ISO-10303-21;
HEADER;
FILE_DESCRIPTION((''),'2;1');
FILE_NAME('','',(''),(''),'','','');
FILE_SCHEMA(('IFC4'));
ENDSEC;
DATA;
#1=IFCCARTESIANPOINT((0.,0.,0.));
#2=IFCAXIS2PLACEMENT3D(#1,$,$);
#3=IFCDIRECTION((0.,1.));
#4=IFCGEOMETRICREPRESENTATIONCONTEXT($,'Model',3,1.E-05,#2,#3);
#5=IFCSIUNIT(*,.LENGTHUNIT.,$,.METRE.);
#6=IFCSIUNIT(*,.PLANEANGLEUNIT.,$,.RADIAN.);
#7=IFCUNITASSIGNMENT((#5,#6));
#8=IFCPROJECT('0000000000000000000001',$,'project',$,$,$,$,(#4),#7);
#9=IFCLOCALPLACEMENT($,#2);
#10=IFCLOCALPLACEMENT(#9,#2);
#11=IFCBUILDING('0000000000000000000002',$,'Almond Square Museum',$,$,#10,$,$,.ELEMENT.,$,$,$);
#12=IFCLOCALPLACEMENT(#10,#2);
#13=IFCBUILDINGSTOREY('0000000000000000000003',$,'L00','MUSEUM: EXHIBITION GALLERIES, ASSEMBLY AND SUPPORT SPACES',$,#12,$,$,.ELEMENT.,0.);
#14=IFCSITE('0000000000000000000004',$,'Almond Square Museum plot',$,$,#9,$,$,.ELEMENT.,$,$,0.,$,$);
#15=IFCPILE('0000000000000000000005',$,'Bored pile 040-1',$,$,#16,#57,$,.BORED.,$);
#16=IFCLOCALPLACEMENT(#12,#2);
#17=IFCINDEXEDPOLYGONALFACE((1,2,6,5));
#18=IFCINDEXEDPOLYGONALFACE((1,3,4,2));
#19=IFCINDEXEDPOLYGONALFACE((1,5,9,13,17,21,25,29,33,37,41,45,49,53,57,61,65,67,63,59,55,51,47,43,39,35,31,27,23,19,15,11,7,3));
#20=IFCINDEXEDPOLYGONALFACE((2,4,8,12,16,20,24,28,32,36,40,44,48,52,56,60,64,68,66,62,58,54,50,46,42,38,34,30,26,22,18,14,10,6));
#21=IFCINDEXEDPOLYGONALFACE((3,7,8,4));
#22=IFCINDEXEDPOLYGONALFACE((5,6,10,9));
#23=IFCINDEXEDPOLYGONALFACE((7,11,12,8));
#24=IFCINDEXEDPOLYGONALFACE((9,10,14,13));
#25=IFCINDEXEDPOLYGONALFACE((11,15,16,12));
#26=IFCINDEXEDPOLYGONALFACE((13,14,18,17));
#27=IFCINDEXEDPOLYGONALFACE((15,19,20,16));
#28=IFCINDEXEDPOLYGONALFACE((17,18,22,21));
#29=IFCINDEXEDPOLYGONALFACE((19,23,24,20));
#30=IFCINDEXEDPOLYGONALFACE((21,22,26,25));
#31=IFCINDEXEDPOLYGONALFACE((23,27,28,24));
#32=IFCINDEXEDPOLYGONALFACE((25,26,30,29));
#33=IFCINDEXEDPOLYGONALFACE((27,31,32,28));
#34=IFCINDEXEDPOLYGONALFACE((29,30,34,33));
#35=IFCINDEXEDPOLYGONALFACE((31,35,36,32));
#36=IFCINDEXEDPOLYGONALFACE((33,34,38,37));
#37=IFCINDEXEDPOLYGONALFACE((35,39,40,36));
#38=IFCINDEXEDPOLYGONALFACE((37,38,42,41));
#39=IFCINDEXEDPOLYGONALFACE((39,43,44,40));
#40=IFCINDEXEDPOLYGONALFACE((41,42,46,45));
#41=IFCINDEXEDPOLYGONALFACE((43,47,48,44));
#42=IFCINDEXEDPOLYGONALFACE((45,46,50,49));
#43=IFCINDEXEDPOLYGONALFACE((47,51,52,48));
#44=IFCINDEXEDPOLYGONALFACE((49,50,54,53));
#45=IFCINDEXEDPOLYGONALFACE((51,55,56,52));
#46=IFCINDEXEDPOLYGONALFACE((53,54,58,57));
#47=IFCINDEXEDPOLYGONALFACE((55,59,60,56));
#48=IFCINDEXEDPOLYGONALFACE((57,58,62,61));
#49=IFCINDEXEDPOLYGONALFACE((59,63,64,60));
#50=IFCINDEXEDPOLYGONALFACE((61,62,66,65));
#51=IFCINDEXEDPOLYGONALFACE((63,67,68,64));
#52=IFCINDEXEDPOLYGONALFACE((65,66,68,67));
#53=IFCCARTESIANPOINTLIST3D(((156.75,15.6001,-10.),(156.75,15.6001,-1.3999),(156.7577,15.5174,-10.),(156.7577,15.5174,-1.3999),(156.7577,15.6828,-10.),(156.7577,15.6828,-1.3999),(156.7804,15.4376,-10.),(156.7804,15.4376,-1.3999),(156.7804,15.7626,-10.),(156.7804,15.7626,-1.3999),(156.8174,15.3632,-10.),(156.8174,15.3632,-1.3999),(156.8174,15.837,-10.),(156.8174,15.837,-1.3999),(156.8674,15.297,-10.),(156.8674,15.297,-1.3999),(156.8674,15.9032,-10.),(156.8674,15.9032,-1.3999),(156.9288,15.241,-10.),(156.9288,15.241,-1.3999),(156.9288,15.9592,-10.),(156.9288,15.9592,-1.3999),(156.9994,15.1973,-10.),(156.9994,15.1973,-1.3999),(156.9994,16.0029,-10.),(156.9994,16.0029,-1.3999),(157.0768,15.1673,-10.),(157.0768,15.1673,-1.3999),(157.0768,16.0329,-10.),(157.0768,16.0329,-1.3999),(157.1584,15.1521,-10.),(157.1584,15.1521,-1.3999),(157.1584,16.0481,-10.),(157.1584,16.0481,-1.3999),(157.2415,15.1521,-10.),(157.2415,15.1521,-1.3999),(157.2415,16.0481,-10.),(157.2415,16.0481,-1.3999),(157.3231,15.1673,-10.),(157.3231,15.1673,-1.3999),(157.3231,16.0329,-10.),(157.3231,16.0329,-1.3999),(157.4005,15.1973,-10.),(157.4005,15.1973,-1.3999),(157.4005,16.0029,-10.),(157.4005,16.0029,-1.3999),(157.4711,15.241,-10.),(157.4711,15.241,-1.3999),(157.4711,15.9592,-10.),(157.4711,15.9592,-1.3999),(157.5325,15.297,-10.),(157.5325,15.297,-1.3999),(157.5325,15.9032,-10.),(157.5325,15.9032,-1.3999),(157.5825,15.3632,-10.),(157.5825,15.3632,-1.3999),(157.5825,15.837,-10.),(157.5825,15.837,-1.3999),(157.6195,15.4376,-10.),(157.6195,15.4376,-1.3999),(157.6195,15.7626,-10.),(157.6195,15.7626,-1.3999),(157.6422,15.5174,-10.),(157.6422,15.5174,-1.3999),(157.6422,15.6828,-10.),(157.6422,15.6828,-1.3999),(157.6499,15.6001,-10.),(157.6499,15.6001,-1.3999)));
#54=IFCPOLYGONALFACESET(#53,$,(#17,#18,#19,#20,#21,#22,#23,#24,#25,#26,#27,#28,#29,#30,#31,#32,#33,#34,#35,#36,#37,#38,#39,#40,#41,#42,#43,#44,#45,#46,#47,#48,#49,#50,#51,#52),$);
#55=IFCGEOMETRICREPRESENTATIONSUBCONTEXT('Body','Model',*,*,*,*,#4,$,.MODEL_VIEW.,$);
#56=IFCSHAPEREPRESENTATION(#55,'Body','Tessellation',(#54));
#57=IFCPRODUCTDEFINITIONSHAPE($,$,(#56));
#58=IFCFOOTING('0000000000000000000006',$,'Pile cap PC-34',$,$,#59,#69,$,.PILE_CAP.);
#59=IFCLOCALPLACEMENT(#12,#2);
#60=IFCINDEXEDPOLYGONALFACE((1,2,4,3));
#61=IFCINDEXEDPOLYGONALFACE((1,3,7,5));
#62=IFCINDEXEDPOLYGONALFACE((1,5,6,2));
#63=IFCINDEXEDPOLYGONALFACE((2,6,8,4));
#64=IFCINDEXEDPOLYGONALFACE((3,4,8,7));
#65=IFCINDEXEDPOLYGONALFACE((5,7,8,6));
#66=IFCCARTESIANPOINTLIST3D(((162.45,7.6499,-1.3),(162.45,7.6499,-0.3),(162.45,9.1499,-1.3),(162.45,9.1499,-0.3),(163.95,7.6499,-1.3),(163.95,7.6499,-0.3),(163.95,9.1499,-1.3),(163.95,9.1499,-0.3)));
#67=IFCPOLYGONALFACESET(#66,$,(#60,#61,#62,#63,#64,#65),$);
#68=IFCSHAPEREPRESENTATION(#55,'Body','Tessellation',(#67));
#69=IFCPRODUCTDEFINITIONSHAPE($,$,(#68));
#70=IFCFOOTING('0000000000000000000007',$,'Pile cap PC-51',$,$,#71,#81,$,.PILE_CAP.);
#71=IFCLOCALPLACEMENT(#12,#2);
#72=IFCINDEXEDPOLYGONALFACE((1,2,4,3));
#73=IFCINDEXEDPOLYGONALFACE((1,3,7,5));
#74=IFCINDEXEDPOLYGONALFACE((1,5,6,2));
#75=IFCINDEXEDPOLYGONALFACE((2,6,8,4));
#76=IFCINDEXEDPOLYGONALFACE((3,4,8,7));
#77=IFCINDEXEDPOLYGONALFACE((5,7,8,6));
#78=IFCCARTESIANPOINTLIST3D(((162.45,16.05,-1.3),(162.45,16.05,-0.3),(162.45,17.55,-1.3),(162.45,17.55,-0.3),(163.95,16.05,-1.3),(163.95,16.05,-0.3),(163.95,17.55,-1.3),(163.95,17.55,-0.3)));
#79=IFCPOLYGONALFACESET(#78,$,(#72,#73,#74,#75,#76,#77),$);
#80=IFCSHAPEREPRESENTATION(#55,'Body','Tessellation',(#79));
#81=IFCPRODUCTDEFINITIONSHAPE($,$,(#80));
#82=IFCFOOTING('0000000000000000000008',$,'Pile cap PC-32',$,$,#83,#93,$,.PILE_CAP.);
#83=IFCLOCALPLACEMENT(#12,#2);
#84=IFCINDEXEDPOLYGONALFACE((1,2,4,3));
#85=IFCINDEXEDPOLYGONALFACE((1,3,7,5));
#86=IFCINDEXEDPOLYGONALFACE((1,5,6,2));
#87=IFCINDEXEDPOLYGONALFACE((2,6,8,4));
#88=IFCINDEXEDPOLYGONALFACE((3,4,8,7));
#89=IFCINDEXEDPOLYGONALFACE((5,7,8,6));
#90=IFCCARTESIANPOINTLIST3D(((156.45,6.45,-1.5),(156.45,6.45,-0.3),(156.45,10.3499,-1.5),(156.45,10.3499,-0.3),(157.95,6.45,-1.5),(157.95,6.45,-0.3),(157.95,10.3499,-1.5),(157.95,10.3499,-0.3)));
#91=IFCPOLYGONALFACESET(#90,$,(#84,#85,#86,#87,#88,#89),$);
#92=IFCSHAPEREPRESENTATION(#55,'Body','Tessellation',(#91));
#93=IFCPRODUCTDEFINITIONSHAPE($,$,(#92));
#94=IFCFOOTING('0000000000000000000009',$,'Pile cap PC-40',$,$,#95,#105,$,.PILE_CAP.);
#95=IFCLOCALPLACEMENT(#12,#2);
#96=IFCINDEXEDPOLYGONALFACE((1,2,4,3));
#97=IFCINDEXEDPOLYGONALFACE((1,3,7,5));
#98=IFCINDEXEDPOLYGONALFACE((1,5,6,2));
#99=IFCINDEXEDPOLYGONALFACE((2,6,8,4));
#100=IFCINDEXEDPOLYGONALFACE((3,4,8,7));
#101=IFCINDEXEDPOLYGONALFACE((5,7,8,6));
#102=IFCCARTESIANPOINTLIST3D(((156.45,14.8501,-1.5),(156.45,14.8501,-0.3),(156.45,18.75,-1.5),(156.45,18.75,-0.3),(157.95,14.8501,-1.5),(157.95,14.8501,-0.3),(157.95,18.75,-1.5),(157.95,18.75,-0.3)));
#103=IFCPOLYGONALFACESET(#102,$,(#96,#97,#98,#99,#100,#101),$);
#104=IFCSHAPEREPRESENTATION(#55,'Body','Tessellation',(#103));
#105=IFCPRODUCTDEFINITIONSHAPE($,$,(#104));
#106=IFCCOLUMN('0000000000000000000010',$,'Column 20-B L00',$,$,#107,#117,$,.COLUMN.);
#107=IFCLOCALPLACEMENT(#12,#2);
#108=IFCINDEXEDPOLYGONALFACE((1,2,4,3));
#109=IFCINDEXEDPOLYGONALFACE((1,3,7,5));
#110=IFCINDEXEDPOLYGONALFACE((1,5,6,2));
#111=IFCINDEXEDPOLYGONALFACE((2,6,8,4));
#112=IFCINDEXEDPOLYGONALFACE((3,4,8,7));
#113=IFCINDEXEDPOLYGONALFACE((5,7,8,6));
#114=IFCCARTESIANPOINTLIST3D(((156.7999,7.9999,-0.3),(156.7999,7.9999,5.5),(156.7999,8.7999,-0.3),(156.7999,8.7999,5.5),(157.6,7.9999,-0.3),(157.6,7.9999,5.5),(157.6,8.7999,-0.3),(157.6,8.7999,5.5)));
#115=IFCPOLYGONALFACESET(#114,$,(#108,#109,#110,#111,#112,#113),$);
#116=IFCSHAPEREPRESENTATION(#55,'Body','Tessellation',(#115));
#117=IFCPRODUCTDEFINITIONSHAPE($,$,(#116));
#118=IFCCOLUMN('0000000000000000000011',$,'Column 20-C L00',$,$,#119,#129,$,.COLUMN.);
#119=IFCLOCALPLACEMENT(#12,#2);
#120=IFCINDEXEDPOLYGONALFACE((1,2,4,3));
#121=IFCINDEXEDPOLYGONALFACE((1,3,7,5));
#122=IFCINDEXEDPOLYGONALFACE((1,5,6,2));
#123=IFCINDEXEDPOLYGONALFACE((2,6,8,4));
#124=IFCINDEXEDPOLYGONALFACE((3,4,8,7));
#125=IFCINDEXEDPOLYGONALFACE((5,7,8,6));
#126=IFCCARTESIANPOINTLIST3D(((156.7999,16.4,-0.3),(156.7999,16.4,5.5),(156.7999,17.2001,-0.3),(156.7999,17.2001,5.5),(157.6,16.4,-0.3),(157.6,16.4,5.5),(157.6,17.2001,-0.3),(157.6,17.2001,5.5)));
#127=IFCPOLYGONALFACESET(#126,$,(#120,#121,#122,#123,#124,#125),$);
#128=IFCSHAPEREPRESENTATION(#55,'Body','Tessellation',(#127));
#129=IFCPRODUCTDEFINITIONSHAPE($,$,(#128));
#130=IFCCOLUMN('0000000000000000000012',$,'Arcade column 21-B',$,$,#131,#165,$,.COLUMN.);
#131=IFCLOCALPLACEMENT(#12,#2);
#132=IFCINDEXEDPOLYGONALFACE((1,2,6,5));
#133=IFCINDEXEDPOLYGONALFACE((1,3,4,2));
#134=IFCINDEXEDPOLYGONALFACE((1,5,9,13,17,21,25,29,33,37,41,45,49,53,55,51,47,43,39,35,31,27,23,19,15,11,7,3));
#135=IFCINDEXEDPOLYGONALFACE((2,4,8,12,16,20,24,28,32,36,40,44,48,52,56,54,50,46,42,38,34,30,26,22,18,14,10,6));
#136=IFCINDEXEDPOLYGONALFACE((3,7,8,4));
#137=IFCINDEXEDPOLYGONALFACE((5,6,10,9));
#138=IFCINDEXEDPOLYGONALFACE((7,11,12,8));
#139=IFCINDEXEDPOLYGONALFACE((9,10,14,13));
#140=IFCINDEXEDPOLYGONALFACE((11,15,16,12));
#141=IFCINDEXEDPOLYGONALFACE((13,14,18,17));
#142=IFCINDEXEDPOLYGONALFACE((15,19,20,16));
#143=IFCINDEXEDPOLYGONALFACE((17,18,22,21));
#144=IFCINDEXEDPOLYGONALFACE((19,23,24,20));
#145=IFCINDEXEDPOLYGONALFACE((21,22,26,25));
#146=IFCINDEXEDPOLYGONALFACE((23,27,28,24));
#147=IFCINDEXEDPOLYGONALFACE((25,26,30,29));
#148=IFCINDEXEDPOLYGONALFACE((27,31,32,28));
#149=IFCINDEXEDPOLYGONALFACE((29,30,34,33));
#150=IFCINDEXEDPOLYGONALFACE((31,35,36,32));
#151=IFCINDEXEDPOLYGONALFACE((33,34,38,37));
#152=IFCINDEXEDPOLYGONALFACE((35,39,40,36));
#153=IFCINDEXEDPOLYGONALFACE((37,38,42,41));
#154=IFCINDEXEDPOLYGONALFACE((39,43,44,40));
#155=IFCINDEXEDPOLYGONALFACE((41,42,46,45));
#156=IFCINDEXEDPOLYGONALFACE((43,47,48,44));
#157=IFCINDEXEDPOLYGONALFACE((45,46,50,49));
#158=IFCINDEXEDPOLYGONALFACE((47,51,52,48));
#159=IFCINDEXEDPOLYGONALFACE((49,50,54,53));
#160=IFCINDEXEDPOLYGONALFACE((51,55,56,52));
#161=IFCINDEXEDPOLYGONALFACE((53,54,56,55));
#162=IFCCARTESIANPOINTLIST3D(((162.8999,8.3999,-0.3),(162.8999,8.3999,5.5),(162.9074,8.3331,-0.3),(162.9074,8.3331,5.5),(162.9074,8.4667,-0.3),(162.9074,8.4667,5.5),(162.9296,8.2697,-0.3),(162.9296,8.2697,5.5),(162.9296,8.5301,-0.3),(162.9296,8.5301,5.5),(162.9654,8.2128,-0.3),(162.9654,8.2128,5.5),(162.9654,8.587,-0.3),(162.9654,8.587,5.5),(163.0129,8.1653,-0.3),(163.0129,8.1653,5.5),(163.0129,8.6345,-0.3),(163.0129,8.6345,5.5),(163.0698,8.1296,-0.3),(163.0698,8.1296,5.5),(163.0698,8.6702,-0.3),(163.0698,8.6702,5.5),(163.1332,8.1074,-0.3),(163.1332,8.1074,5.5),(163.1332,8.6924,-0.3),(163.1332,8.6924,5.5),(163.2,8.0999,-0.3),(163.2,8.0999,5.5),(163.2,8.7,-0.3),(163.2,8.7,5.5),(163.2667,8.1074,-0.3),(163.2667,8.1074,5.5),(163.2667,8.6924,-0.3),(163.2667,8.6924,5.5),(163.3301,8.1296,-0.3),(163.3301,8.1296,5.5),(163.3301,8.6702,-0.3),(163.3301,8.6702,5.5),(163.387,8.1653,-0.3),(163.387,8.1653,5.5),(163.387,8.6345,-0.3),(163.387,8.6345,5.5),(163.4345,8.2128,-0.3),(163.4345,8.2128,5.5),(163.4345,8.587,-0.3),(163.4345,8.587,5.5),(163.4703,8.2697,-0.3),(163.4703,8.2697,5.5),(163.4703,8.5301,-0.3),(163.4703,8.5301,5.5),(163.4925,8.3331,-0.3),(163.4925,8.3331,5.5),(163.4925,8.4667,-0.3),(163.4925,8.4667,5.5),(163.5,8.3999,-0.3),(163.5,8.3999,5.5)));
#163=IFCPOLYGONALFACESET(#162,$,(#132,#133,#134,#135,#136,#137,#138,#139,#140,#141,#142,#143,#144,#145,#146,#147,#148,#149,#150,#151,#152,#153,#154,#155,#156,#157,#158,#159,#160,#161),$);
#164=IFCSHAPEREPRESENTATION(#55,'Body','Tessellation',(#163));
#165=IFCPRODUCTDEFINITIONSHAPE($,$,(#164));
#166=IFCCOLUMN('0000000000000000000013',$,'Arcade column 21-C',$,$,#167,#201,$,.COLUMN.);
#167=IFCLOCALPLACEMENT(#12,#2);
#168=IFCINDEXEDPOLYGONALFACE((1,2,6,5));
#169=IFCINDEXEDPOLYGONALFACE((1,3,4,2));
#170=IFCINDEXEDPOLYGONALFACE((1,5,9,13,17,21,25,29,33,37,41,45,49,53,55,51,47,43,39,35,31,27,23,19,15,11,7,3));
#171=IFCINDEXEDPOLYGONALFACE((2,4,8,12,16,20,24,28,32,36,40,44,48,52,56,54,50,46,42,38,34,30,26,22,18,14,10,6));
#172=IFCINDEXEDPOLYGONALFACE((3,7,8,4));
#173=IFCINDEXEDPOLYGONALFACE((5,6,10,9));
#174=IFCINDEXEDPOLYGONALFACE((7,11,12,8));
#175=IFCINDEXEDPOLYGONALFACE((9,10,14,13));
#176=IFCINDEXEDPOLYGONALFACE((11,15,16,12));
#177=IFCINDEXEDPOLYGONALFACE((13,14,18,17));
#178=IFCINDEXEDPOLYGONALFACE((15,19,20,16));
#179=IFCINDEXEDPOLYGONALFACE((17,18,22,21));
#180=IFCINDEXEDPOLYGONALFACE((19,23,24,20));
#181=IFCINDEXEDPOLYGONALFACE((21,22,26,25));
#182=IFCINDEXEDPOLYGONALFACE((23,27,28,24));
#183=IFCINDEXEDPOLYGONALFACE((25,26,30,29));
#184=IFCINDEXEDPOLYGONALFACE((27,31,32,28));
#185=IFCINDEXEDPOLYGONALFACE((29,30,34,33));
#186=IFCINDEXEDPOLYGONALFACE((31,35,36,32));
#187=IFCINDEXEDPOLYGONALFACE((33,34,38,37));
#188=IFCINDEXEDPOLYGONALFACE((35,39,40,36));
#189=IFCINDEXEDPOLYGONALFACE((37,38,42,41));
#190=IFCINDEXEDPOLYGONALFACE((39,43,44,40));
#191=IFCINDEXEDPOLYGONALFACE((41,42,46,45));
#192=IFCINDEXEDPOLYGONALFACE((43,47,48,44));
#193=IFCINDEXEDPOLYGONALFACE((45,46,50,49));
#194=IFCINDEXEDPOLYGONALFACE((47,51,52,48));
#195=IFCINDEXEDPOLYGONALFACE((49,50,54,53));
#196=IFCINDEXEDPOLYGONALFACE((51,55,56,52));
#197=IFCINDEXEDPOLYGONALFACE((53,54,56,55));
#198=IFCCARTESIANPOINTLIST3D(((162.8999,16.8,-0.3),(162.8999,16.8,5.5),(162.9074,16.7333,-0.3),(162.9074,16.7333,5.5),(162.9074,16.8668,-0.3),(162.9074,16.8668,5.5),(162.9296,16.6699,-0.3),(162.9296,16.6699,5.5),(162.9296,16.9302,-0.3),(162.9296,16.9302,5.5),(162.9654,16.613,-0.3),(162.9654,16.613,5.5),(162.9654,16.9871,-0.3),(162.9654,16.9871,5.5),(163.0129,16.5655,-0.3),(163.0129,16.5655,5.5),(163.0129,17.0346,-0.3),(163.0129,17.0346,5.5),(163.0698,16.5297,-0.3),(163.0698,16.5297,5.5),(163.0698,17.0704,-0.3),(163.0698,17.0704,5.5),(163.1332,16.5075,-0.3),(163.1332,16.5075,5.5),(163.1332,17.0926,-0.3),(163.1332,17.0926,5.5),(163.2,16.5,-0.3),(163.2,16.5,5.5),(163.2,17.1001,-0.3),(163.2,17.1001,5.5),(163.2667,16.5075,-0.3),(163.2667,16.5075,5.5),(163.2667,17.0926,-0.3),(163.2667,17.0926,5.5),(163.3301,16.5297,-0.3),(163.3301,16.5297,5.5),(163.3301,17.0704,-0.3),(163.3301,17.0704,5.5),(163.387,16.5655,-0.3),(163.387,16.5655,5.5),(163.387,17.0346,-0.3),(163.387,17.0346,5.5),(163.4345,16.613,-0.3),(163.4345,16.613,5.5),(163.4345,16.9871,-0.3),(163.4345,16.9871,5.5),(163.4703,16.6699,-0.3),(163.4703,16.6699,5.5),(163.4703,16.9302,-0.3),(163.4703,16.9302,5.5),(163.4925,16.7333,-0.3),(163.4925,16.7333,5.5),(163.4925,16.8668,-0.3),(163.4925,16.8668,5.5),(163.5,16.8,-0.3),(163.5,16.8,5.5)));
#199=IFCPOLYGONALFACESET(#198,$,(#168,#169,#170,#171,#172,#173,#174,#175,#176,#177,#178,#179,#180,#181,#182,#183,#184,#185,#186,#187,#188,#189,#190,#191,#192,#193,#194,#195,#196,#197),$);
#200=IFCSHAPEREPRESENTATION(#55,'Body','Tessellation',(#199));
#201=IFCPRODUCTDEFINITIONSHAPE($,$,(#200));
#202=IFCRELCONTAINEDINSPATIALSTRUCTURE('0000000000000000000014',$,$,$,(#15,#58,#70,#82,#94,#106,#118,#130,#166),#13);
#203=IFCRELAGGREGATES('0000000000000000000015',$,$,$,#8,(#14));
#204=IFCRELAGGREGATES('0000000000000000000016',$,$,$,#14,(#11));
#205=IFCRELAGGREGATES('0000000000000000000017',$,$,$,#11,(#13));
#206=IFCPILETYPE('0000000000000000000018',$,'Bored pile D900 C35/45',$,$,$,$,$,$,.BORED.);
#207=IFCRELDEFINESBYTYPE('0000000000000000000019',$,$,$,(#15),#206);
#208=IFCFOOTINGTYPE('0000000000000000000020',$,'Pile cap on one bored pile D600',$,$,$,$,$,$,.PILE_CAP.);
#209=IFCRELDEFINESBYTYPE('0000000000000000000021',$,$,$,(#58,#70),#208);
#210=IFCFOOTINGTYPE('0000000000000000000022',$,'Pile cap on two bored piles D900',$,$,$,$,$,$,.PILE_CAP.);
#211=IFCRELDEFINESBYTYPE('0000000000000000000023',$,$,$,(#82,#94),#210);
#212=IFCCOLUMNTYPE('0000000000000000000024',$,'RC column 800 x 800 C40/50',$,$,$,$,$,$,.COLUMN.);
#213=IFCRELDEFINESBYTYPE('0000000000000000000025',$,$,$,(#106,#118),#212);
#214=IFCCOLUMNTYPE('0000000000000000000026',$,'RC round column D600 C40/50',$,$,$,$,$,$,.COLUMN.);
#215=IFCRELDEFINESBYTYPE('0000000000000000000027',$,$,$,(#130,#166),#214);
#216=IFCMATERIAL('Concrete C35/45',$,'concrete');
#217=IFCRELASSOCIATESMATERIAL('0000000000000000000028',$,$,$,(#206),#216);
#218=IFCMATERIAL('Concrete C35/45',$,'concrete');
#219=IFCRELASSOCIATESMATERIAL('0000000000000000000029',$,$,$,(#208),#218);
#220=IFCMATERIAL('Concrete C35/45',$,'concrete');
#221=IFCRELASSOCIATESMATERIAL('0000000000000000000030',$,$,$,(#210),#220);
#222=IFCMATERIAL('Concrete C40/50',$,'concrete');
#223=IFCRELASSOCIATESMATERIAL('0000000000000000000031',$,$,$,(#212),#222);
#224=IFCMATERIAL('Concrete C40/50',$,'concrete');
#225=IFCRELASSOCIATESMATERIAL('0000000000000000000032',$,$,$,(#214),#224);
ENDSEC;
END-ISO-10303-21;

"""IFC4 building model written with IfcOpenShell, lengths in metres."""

from ifc_helpers import new_model, si_unit, direction, frame, origin, origin_2d, place, context, subcontext, project, spatial, rectangle, circle, extrude, material, material_profile, profile_set, type_object, element, save


model = new_model("IFC4")

# Units and contexts
model_context = context("Model", 3, precision=1e-05, world=origin(), true_north=direction((0.0, 1.0)))
body_context = subcontext(model_context, "Body", "Model", "MODEL_VIEW")
ifc_project = project(units=[si_unit("LENGTHUNIT", "METRE"), si_unit("PLANEANGLEUNIT", "RADIAN")], contexts=[model_context])

# Site, building, storey
site_placement = place(None, origin())
site = spatial("IfcSite", under=ifc_project, at=site_placement, Name="Almond Square Museum plot", CompositionType="ELEMENT", RefElevation=0.0)
building_placement = place(site_placement, origin())
building = spatial("IfcBuilding", under=site, at=building_placement, Name="Almond Square Museum", CompositionType="ELEMENT")
storey_placement = place(building_placement, origin())
storey = spatial("IfcBuildingStorey", under=building, at=storey_placement, Name="L00", Description="MUSEUM: EXHIBITION GALLERIES, ASSEMBLY AND SUPPORT SPACES", CompositionType="ELEMENT", Elevation=0.0)

# Pile
ifc_material_1 = material(Name="Concrete C35/45", Category="concrete")
ifc_material_profile_1 = material_profile(ifc_material_1, circle(Radius=0.45, at=origin_2d()))
ifc_profile_set_1 = profile_set([ifc_material_profile_1], Name="Concrete C35/45")
pile_type_1 = type_object("IfcPileType", Name="Bored pile D900 C35/45", PredefinedType="BORED", material=ifc_profile_set_1)
for number, where, z_axis, x_axis, name in (
    (1, (157.2, 15.6001, -1.3999), (0.0, 0.0, -1.0), (1.0, 0.0, 0.0), "Bored pile 040-1"),
):
    element("IfcPile", number, at=place(storey_placement, frame(where, z_axis=z_axis, x_axis=x_axis)), inside=storey, type_object=pile_type_1, Name=name, PredefinedType="BORED", context=body_context, shape_type="SweptSolid", body=[
        extrude(circle(Radius=0.45, at=origin_2d()), origin(), (0.0, 0.0, 1.0), 8.6001),
    ])

# Footings
ifc_material_2 = material(Name="Concrete C35/45", Category="concrete")
footing_type_1 = type_object("IfcFootingType", Name="Pile cap on one bored pile D600", PredefinedType="PILE_CAP", material=ifc_material_2)
for number, where, z_axis, x_axis, name in (
    (2, (163.2, 8.3999, -1.3), (0.0, 0.0, 1.0), (1.0, 0.0, 0.0), "Pile cap PC-34"),
    (3, (163.2, 16.8, -1.3), (0.0, 0.0, 1.0), (1.0, 0.0, 0.0), "Pile cap PC-51"),
):
    element("IfcFooting", number, at=place(storey_placement, frame(where, z_axis=z_axis, x_axis=x_axis)), inside=storey, type_object=footing_type_1, Name=name, PredefinedType="PILE_CAP", context=body_context, shape_type="SweptSolid", body=[
        extrude(rectangle(XDim=1.5, YDim=1.5, at=origin_2d()), origin(), (0.0, 0.0, 1.0), 1.0),
    ])
ifc_material_3 = material(Name="Concrete C35/45", Category="concrete")
footing_type_2 = type_object("IfcFootingType", Name="Pile cap on two bored piles D900", PredefinedType="PILE_CAP", material=ifc_material_3)
for number, where, z_axis, x_axis, name in (
    (4, (157.2, 8.3999, -1.5), (0.0, 0.0, 1.0), (1.0, 0.0, 0.0), "Pile cap PC-32"),
    (5, (157.2, 16.8, -1.5), (0.0, 0.0, 1.0), (1.0, 0.0, 0.0), "Pile cap PC-40"),
):
    element("IfcFooting", number, at=place(storey_placement, frame(where, z_axis=z_axis, x_axis=x_axis)), inside=storey, type_object=footing_type_2, Name=name, PredefinedType="PILE_CAP", context=body_context, shape_type="SweptSolid", body=[
        extrude(rectangle(XDim=1.5, YDim=3.8999, at=origin_2d()), origin(), (0.0, 0.0, 1.0), 1.2),
    ])

# Columns
ifc_material_4 = material(Name="Concrete C40/50", Category="concrete")
ifc_material_profile_2 = material_profile(ifc_material_4, rectangle(XDim=0.8, YDim=0.8, at=origin_2d()))
ifc_profile_set_2 = profile_set([ifc_material_profile_2], Name="Concrete C40/50")
column_type_1 = type_object("IfcColumnType", Name="RC column 800 x 800 C40/50", PredefinedType="COLUMN", material=ifc_profile_set_2)
for number, where, z_axis, x_axis, name in (
    (6, (157.2, 8.3999, -0.3), (0.0, 0.0, 1.0), (1.0, 0.0, 0.0), "Column 20-B L00"),
    (7, (157.2, 16.8, -0.3), (0.0, 0.0, 1.0), (1.0, 0.0, 0.0), "Column 20-C L00"),
):
    element("IfcColumn", number, at=place(storey_placement, frame(where, z_axis=z_axis, x_axis=x_axis)), inside=storey, type_object=column_type_1, Name=name, PredefinedType="COLUMN", context=body_context, shape_type="SweptSolid", body=[
        extrude(rectangle(XDim=0.8, YDim=0.8, at=origin_2d()), origin(), (0.0, 0.0, 1.0), 5.8),
    ])
ifc_material_5 = material(Name="Concrete C40/50", Category="concrete")
ifc_material_profile_3 = material_profile(ifc_material_5, circle(Radius=0.3, at=origin_2d()))
ifc_profile_set_3 = profile_set([ifc_material_profile_3], Name="Concrete C40/50")
column_type_2 = type_object("IfcColumnType", Name="RC round column D600 C40/50", PredefinedType="COLUMN", material=ifc_profile_set_3)
for number, where, z_axis, x_axis, name in (
    (8, (163.2, 8.3999, -0.3), (0.0, 0.0, 1.0), (1.0, 0.0, 0.0), "Arcade column 21-B"),
    (9, (163.2, 16.8, -0.3), (0.0, 0.0, 1.0), (1.0, 0.0, 0.0), "Arcade column 21-C"),
):
    element("IfcColumn", number, at=place(storey_placement, frame(where, z_axis=z_axis, x_axis=x_axis)), inside=storey, type_object=column_type_2, Name=name, PredefinedType="COLUMN", context=body_context, shape_type="SweptSolid", body=[
        extrude(circle(Radius=0.3, at=origin_2d()), origin(), (0.0, 0.0, 1.0), 5.8),
    ])

save(model, "model.ifc")
